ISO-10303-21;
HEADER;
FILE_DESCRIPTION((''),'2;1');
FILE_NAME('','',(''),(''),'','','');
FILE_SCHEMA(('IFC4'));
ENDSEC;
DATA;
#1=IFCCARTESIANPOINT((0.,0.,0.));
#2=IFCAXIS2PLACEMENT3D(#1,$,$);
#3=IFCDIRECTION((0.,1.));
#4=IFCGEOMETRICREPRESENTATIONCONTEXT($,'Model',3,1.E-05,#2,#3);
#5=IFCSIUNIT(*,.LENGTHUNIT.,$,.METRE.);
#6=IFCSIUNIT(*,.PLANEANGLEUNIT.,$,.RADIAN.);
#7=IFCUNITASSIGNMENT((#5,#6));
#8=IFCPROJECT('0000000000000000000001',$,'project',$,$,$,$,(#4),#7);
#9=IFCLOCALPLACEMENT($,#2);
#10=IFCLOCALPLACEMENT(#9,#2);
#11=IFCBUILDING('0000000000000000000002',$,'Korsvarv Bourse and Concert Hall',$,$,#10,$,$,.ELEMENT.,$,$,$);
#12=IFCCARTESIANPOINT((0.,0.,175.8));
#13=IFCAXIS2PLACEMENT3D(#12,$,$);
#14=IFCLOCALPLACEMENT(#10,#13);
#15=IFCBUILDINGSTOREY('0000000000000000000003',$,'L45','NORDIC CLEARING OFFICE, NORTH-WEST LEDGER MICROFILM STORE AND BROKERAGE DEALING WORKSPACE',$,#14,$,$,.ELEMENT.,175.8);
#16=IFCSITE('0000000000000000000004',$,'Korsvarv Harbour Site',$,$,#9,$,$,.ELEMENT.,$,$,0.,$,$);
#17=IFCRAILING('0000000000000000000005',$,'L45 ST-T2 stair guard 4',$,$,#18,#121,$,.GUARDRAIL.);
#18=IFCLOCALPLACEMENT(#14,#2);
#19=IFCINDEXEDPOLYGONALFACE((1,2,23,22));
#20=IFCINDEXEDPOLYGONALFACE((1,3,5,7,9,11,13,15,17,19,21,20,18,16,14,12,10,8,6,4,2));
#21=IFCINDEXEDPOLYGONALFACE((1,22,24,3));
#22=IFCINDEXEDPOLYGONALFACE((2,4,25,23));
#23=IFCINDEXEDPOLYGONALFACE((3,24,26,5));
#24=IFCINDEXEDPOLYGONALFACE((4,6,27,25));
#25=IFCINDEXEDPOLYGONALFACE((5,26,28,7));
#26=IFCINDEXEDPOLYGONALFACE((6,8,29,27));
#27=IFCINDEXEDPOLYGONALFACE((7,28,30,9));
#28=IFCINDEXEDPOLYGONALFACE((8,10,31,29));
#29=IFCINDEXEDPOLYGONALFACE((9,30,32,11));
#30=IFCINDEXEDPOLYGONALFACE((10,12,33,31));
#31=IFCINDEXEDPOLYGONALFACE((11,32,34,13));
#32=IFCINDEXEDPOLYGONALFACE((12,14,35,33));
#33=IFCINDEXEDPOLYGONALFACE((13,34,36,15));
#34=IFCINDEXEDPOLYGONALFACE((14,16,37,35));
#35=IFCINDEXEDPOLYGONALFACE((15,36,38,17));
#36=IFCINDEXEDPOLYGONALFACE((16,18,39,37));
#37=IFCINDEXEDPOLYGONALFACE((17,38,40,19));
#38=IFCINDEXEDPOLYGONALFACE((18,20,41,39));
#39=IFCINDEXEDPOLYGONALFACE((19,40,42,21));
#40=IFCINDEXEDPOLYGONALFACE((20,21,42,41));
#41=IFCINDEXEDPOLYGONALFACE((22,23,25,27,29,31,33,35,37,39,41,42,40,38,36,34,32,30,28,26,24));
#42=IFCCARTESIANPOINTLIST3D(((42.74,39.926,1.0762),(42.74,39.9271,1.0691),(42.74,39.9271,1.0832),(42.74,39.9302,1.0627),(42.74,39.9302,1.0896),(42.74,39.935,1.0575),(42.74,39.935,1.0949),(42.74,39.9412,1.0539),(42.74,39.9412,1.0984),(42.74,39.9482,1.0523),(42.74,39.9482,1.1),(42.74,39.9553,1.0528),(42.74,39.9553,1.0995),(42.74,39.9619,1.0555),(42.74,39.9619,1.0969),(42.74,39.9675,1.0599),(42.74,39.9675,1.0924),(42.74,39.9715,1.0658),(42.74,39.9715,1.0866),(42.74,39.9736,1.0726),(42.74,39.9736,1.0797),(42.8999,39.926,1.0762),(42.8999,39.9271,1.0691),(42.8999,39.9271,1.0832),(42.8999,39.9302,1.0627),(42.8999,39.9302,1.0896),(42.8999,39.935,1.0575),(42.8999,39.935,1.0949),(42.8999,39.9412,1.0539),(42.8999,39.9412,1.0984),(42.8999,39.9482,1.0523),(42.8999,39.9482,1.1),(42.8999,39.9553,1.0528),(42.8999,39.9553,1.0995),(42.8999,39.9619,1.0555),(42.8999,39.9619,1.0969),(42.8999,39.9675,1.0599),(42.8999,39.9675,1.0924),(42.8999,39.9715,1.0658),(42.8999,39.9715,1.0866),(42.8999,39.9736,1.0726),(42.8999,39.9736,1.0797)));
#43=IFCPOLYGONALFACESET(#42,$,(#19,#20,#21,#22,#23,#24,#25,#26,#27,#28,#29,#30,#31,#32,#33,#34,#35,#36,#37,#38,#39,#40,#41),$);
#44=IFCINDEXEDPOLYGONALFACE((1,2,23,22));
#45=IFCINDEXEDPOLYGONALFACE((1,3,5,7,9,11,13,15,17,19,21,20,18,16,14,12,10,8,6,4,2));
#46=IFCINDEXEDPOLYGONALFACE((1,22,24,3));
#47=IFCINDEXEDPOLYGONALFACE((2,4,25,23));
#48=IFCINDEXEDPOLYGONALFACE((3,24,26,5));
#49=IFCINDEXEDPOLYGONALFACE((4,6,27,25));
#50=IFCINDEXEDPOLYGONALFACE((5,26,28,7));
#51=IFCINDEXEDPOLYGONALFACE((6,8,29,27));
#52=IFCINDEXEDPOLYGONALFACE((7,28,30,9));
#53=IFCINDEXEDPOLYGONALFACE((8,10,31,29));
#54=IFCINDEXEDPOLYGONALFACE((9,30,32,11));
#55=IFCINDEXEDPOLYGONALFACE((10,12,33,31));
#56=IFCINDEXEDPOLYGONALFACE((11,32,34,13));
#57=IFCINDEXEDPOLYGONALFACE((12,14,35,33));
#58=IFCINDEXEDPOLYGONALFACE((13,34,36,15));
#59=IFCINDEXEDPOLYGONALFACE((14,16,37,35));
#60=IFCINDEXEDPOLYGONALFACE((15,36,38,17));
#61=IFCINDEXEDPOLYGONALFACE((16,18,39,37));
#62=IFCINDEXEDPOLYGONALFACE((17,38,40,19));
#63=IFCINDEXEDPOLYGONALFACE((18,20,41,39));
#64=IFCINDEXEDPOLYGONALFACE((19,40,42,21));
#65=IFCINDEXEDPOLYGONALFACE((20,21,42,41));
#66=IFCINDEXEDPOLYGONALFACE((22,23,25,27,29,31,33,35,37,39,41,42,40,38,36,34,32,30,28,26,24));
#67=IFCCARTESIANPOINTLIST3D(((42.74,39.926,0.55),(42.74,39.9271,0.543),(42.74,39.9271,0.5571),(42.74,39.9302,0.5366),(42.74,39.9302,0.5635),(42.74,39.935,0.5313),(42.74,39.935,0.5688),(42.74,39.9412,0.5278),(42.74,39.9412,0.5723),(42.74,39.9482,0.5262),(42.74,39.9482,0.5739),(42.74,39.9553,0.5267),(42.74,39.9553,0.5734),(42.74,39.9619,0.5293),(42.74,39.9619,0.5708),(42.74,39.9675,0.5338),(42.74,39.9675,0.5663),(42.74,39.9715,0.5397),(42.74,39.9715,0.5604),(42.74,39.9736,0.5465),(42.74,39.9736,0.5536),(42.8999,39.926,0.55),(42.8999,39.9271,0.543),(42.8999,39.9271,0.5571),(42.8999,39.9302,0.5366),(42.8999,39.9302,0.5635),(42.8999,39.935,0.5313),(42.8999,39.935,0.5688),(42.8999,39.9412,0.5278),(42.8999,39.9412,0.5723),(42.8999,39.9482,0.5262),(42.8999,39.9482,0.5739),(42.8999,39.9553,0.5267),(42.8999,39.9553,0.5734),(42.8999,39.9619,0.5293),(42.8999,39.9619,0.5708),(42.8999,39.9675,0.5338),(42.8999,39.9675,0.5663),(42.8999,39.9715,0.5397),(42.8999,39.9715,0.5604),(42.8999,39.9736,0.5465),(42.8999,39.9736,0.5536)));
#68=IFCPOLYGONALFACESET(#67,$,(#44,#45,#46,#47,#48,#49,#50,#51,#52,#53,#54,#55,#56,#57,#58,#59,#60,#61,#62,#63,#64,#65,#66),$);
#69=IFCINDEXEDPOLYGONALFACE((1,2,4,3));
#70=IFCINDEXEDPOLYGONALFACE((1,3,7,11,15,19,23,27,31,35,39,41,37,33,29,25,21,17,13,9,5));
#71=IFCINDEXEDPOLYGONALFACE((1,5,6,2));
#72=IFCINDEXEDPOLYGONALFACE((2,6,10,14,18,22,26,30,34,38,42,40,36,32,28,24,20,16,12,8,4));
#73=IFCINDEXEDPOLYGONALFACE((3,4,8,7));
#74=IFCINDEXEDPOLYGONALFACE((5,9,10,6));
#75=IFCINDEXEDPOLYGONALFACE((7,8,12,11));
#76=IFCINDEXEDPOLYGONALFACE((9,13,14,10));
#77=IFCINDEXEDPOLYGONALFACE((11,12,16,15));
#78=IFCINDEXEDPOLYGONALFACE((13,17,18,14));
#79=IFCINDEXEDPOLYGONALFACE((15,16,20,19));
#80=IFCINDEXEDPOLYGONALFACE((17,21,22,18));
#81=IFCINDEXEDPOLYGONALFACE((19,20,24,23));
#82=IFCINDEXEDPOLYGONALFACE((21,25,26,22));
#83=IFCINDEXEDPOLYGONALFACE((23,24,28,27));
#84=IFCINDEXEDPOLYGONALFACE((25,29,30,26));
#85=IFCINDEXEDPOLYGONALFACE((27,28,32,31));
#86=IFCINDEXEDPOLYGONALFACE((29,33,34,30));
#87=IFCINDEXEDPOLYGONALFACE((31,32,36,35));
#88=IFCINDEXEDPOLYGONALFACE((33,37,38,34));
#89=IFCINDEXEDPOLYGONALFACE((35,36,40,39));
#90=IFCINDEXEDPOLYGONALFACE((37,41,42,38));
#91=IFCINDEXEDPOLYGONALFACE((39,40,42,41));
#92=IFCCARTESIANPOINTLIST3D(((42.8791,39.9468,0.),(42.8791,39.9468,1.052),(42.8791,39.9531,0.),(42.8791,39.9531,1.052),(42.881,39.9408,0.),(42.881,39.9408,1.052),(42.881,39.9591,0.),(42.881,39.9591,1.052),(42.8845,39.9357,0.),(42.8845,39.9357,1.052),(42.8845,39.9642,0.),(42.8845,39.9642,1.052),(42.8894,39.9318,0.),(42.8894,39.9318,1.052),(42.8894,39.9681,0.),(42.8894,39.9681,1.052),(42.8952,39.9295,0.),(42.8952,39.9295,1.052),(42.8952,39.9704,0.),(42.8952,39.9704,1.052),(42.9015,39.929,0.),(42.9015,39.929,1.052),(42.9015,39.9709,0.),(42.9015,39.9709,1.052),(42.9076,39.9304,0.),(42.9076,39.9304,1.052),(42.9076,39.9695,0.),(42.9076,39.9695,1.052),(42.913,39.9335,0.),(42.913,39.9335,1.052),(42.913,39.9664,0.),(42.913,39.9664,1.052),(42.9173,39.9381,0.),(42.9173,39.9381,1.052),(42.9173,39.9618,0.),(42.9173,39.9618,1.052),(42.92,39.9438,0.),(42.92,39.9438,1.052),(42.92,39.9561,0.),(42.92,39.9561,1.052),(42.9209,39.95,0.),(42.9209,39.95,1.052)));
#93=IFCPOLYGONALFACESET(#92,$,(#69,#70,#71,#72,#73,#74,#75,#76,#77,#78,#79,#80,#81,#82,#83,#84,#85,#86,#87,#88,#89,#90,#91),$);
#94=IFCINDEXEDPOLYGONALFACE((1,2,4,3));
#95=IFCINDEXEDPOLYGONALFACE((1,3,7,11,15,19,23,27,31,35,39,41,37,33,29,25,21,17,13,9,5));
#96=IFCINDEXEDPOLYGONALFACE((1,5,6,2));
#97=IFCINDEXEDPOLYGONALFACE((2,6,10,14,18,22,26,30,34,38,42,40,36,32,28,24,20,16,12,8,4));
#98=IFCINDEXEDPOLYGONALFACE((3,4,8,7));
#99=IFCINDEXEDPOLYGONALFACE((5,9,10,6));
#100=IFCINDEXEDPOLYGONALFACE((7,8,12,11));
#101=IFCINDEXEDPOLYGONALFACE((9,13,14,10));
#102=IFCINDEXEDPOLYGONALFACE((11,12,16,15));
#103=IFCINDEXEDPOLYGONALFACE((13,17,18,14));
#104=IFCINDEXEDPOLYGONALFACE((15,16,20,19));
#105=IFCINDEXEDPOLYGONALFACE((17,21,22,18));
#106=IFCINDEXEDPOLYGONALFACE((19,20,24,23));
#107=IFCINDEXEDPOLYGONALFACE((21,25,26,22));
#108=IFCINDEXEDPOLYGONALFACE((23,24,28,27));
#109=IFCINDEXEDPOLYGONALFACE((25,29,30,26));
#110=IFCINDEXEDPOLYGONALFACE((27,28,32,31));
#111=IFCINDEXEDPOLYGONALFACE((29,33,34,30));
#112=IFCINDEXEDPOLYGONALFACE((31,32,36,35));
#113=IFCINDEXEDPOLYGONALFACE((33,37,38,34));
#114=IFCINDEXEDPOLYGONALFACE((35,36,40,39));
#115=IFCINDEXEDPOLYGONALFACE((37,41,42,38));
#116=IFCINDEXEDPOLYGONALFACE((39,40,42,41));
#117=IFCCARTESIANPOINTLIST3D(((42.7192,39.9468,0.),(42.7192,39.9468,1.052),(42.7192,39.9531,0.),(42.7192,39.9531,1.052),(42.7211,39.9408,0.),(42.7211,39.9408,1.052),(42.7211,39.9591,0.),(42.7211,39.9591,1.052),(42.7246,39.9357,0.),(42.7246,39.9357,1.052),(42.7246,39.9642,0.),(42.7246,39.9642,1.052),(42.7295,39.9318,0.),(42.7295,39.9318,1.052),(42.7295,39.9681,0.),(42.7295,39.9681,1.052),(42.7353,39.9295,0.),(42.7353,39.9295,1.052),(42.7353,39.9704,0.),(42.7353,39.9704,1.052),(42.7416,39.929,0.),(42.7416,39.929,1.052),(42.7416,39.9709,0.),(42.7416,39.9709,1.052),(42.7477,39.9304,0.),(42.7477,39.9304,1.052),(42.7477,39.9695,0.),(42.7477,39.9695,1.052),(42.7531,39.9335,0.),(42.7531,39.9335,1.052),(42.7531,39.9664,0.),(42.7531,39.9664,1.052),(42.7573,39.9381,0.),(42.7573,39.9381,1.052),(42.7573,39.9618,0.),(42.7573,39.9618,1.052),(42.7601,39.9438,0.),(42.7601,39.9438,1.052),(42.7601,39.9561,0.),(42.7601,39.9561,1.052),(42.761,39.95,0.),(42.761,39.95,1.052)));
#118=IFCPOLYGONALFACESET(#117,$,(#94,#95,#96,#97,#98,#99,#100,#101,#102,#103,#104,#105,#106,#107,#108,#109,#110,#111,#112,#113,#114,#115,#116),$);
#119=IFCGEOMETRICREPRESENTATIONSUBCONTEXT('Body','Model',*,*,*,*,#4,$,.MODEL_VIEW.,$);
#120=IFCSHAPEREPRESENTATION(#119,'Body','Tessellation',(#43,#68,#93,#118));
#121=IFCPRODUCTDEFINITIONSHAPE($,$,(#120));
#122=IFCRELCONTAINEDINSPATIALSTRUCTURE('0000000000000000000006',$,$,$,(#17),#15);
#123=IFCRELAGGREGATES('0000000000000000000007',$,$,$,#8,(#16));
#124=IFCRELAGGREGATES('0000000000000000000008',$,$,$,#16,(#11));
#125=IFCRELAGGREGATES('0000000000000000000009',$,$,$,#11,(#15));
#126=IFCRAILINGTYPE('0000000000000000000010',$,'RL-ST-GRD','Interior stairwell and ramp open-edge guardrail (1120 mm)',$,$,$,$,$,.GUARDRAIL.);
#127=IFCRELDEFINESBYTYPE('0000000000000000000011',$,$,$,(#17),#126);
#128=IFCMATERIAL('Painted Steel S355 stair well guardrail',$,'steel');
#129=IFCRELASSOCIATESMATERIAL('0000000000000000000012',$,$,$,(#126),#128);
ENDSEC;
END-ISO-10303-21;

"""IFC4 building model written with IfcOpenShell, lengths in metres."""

from ifc_helpers import new_model, si_unit, direction, frame, origin, origin_2d, place, context, subcontext, project, spatial, circle, extrude, material, type_object, element, save


model = new_model("IFC4")

# Units and contexts
model_context = context("Model", 3, precision=1e-05, world=origin(), true_north=direction((0.0, 1.0)))
body_context = subcontext(model_context, "Body", "Model", "MODEL_VIEW")
ifc_project = project(units=[si_unit("LENGTHUNIT", "METRE"), si_unit("PLANEANGLEUNIT", "RADIAN")], contexts=[model_context])

# Site, building, storey
site_placement = place(None, origin())
site = spatial("IfcSite", under=ifc_project, at=site_placement, Name="Korsvarv Harbour Site", CompositionType="ELEMENT", RefElevation=0.0)
building_placement = place(site_placement, origin())
building = spatial("IfcBuilding", under=site, at=building_placement, Name="Korsvarv Bourse and Concert Hall", CompositionType="ELEMENT")
storey_placement = place(building_placement, frame((0.0, 0.0, 175.8)))
storey = spatial("IfcBuildingStorey", under=building, at=storey_placement, Name="L45", Description="NORDIC CLEARING OFFICE, NORTH-WEST LEDGER MICROFILM STORE AND BROKERAGE DEALING WORKSPACE", CompositionType="ELEMENT", Elevation=175.8)

# Railing
ifc_material_1 = material(Name="Painted Steel S355 stair well guardrail", Category="steel")
railing_type_1 = type_object("IfcRailingType", Name="RL-ST-GRD", Description="Interior stairwell and ramp open-edge guardrail (1120 mm)", PredefinedType="GUARDRAIL", material=ifc_material_1)
railing_1_placement = place(storey_placement, frame((42.8999, 39.95, 0.0)))
element("IfcRailing", 1, at=railing_1_placement, inside=storey, type_object=railing_type_1, Name="L45 ST-T2 stair guard 4", PredefinedType="GUARDRAIL", context=body_context, shape_type="SweptSolid", body=[
    extrude(circle(Radius=0.0239, at=origin_2d()), frame((0.0, 0.0, 1.0762), z_axis=(-1.0, 0.0, 0.0), x_axis=(0.0, -1.0, 0.0)), (0.0, 0.0, 1.0), 0.1599),
    extrude(circle(Radius=0.0239, at=origin_2d()), frame((0.0, 0.0, 0.55), z_axis=(-1.0, 0.0, 0.0), x_axis=(0.0, -1.0, 0.0)), (0.0, 0.0, 1.0), 0.1599),
    extrude(circle(Radius=0.021, at=origin_2d()), origin(), (0.0, 0.0, 1.0), 1.052),
    extrude(circle(Radius=0.021, at=origin_2d()), frame((-0.1599, 0.0, 0.0)), (0.0, 0.0, 1.0), 1.052),
])

save(model, "model.ifc")
